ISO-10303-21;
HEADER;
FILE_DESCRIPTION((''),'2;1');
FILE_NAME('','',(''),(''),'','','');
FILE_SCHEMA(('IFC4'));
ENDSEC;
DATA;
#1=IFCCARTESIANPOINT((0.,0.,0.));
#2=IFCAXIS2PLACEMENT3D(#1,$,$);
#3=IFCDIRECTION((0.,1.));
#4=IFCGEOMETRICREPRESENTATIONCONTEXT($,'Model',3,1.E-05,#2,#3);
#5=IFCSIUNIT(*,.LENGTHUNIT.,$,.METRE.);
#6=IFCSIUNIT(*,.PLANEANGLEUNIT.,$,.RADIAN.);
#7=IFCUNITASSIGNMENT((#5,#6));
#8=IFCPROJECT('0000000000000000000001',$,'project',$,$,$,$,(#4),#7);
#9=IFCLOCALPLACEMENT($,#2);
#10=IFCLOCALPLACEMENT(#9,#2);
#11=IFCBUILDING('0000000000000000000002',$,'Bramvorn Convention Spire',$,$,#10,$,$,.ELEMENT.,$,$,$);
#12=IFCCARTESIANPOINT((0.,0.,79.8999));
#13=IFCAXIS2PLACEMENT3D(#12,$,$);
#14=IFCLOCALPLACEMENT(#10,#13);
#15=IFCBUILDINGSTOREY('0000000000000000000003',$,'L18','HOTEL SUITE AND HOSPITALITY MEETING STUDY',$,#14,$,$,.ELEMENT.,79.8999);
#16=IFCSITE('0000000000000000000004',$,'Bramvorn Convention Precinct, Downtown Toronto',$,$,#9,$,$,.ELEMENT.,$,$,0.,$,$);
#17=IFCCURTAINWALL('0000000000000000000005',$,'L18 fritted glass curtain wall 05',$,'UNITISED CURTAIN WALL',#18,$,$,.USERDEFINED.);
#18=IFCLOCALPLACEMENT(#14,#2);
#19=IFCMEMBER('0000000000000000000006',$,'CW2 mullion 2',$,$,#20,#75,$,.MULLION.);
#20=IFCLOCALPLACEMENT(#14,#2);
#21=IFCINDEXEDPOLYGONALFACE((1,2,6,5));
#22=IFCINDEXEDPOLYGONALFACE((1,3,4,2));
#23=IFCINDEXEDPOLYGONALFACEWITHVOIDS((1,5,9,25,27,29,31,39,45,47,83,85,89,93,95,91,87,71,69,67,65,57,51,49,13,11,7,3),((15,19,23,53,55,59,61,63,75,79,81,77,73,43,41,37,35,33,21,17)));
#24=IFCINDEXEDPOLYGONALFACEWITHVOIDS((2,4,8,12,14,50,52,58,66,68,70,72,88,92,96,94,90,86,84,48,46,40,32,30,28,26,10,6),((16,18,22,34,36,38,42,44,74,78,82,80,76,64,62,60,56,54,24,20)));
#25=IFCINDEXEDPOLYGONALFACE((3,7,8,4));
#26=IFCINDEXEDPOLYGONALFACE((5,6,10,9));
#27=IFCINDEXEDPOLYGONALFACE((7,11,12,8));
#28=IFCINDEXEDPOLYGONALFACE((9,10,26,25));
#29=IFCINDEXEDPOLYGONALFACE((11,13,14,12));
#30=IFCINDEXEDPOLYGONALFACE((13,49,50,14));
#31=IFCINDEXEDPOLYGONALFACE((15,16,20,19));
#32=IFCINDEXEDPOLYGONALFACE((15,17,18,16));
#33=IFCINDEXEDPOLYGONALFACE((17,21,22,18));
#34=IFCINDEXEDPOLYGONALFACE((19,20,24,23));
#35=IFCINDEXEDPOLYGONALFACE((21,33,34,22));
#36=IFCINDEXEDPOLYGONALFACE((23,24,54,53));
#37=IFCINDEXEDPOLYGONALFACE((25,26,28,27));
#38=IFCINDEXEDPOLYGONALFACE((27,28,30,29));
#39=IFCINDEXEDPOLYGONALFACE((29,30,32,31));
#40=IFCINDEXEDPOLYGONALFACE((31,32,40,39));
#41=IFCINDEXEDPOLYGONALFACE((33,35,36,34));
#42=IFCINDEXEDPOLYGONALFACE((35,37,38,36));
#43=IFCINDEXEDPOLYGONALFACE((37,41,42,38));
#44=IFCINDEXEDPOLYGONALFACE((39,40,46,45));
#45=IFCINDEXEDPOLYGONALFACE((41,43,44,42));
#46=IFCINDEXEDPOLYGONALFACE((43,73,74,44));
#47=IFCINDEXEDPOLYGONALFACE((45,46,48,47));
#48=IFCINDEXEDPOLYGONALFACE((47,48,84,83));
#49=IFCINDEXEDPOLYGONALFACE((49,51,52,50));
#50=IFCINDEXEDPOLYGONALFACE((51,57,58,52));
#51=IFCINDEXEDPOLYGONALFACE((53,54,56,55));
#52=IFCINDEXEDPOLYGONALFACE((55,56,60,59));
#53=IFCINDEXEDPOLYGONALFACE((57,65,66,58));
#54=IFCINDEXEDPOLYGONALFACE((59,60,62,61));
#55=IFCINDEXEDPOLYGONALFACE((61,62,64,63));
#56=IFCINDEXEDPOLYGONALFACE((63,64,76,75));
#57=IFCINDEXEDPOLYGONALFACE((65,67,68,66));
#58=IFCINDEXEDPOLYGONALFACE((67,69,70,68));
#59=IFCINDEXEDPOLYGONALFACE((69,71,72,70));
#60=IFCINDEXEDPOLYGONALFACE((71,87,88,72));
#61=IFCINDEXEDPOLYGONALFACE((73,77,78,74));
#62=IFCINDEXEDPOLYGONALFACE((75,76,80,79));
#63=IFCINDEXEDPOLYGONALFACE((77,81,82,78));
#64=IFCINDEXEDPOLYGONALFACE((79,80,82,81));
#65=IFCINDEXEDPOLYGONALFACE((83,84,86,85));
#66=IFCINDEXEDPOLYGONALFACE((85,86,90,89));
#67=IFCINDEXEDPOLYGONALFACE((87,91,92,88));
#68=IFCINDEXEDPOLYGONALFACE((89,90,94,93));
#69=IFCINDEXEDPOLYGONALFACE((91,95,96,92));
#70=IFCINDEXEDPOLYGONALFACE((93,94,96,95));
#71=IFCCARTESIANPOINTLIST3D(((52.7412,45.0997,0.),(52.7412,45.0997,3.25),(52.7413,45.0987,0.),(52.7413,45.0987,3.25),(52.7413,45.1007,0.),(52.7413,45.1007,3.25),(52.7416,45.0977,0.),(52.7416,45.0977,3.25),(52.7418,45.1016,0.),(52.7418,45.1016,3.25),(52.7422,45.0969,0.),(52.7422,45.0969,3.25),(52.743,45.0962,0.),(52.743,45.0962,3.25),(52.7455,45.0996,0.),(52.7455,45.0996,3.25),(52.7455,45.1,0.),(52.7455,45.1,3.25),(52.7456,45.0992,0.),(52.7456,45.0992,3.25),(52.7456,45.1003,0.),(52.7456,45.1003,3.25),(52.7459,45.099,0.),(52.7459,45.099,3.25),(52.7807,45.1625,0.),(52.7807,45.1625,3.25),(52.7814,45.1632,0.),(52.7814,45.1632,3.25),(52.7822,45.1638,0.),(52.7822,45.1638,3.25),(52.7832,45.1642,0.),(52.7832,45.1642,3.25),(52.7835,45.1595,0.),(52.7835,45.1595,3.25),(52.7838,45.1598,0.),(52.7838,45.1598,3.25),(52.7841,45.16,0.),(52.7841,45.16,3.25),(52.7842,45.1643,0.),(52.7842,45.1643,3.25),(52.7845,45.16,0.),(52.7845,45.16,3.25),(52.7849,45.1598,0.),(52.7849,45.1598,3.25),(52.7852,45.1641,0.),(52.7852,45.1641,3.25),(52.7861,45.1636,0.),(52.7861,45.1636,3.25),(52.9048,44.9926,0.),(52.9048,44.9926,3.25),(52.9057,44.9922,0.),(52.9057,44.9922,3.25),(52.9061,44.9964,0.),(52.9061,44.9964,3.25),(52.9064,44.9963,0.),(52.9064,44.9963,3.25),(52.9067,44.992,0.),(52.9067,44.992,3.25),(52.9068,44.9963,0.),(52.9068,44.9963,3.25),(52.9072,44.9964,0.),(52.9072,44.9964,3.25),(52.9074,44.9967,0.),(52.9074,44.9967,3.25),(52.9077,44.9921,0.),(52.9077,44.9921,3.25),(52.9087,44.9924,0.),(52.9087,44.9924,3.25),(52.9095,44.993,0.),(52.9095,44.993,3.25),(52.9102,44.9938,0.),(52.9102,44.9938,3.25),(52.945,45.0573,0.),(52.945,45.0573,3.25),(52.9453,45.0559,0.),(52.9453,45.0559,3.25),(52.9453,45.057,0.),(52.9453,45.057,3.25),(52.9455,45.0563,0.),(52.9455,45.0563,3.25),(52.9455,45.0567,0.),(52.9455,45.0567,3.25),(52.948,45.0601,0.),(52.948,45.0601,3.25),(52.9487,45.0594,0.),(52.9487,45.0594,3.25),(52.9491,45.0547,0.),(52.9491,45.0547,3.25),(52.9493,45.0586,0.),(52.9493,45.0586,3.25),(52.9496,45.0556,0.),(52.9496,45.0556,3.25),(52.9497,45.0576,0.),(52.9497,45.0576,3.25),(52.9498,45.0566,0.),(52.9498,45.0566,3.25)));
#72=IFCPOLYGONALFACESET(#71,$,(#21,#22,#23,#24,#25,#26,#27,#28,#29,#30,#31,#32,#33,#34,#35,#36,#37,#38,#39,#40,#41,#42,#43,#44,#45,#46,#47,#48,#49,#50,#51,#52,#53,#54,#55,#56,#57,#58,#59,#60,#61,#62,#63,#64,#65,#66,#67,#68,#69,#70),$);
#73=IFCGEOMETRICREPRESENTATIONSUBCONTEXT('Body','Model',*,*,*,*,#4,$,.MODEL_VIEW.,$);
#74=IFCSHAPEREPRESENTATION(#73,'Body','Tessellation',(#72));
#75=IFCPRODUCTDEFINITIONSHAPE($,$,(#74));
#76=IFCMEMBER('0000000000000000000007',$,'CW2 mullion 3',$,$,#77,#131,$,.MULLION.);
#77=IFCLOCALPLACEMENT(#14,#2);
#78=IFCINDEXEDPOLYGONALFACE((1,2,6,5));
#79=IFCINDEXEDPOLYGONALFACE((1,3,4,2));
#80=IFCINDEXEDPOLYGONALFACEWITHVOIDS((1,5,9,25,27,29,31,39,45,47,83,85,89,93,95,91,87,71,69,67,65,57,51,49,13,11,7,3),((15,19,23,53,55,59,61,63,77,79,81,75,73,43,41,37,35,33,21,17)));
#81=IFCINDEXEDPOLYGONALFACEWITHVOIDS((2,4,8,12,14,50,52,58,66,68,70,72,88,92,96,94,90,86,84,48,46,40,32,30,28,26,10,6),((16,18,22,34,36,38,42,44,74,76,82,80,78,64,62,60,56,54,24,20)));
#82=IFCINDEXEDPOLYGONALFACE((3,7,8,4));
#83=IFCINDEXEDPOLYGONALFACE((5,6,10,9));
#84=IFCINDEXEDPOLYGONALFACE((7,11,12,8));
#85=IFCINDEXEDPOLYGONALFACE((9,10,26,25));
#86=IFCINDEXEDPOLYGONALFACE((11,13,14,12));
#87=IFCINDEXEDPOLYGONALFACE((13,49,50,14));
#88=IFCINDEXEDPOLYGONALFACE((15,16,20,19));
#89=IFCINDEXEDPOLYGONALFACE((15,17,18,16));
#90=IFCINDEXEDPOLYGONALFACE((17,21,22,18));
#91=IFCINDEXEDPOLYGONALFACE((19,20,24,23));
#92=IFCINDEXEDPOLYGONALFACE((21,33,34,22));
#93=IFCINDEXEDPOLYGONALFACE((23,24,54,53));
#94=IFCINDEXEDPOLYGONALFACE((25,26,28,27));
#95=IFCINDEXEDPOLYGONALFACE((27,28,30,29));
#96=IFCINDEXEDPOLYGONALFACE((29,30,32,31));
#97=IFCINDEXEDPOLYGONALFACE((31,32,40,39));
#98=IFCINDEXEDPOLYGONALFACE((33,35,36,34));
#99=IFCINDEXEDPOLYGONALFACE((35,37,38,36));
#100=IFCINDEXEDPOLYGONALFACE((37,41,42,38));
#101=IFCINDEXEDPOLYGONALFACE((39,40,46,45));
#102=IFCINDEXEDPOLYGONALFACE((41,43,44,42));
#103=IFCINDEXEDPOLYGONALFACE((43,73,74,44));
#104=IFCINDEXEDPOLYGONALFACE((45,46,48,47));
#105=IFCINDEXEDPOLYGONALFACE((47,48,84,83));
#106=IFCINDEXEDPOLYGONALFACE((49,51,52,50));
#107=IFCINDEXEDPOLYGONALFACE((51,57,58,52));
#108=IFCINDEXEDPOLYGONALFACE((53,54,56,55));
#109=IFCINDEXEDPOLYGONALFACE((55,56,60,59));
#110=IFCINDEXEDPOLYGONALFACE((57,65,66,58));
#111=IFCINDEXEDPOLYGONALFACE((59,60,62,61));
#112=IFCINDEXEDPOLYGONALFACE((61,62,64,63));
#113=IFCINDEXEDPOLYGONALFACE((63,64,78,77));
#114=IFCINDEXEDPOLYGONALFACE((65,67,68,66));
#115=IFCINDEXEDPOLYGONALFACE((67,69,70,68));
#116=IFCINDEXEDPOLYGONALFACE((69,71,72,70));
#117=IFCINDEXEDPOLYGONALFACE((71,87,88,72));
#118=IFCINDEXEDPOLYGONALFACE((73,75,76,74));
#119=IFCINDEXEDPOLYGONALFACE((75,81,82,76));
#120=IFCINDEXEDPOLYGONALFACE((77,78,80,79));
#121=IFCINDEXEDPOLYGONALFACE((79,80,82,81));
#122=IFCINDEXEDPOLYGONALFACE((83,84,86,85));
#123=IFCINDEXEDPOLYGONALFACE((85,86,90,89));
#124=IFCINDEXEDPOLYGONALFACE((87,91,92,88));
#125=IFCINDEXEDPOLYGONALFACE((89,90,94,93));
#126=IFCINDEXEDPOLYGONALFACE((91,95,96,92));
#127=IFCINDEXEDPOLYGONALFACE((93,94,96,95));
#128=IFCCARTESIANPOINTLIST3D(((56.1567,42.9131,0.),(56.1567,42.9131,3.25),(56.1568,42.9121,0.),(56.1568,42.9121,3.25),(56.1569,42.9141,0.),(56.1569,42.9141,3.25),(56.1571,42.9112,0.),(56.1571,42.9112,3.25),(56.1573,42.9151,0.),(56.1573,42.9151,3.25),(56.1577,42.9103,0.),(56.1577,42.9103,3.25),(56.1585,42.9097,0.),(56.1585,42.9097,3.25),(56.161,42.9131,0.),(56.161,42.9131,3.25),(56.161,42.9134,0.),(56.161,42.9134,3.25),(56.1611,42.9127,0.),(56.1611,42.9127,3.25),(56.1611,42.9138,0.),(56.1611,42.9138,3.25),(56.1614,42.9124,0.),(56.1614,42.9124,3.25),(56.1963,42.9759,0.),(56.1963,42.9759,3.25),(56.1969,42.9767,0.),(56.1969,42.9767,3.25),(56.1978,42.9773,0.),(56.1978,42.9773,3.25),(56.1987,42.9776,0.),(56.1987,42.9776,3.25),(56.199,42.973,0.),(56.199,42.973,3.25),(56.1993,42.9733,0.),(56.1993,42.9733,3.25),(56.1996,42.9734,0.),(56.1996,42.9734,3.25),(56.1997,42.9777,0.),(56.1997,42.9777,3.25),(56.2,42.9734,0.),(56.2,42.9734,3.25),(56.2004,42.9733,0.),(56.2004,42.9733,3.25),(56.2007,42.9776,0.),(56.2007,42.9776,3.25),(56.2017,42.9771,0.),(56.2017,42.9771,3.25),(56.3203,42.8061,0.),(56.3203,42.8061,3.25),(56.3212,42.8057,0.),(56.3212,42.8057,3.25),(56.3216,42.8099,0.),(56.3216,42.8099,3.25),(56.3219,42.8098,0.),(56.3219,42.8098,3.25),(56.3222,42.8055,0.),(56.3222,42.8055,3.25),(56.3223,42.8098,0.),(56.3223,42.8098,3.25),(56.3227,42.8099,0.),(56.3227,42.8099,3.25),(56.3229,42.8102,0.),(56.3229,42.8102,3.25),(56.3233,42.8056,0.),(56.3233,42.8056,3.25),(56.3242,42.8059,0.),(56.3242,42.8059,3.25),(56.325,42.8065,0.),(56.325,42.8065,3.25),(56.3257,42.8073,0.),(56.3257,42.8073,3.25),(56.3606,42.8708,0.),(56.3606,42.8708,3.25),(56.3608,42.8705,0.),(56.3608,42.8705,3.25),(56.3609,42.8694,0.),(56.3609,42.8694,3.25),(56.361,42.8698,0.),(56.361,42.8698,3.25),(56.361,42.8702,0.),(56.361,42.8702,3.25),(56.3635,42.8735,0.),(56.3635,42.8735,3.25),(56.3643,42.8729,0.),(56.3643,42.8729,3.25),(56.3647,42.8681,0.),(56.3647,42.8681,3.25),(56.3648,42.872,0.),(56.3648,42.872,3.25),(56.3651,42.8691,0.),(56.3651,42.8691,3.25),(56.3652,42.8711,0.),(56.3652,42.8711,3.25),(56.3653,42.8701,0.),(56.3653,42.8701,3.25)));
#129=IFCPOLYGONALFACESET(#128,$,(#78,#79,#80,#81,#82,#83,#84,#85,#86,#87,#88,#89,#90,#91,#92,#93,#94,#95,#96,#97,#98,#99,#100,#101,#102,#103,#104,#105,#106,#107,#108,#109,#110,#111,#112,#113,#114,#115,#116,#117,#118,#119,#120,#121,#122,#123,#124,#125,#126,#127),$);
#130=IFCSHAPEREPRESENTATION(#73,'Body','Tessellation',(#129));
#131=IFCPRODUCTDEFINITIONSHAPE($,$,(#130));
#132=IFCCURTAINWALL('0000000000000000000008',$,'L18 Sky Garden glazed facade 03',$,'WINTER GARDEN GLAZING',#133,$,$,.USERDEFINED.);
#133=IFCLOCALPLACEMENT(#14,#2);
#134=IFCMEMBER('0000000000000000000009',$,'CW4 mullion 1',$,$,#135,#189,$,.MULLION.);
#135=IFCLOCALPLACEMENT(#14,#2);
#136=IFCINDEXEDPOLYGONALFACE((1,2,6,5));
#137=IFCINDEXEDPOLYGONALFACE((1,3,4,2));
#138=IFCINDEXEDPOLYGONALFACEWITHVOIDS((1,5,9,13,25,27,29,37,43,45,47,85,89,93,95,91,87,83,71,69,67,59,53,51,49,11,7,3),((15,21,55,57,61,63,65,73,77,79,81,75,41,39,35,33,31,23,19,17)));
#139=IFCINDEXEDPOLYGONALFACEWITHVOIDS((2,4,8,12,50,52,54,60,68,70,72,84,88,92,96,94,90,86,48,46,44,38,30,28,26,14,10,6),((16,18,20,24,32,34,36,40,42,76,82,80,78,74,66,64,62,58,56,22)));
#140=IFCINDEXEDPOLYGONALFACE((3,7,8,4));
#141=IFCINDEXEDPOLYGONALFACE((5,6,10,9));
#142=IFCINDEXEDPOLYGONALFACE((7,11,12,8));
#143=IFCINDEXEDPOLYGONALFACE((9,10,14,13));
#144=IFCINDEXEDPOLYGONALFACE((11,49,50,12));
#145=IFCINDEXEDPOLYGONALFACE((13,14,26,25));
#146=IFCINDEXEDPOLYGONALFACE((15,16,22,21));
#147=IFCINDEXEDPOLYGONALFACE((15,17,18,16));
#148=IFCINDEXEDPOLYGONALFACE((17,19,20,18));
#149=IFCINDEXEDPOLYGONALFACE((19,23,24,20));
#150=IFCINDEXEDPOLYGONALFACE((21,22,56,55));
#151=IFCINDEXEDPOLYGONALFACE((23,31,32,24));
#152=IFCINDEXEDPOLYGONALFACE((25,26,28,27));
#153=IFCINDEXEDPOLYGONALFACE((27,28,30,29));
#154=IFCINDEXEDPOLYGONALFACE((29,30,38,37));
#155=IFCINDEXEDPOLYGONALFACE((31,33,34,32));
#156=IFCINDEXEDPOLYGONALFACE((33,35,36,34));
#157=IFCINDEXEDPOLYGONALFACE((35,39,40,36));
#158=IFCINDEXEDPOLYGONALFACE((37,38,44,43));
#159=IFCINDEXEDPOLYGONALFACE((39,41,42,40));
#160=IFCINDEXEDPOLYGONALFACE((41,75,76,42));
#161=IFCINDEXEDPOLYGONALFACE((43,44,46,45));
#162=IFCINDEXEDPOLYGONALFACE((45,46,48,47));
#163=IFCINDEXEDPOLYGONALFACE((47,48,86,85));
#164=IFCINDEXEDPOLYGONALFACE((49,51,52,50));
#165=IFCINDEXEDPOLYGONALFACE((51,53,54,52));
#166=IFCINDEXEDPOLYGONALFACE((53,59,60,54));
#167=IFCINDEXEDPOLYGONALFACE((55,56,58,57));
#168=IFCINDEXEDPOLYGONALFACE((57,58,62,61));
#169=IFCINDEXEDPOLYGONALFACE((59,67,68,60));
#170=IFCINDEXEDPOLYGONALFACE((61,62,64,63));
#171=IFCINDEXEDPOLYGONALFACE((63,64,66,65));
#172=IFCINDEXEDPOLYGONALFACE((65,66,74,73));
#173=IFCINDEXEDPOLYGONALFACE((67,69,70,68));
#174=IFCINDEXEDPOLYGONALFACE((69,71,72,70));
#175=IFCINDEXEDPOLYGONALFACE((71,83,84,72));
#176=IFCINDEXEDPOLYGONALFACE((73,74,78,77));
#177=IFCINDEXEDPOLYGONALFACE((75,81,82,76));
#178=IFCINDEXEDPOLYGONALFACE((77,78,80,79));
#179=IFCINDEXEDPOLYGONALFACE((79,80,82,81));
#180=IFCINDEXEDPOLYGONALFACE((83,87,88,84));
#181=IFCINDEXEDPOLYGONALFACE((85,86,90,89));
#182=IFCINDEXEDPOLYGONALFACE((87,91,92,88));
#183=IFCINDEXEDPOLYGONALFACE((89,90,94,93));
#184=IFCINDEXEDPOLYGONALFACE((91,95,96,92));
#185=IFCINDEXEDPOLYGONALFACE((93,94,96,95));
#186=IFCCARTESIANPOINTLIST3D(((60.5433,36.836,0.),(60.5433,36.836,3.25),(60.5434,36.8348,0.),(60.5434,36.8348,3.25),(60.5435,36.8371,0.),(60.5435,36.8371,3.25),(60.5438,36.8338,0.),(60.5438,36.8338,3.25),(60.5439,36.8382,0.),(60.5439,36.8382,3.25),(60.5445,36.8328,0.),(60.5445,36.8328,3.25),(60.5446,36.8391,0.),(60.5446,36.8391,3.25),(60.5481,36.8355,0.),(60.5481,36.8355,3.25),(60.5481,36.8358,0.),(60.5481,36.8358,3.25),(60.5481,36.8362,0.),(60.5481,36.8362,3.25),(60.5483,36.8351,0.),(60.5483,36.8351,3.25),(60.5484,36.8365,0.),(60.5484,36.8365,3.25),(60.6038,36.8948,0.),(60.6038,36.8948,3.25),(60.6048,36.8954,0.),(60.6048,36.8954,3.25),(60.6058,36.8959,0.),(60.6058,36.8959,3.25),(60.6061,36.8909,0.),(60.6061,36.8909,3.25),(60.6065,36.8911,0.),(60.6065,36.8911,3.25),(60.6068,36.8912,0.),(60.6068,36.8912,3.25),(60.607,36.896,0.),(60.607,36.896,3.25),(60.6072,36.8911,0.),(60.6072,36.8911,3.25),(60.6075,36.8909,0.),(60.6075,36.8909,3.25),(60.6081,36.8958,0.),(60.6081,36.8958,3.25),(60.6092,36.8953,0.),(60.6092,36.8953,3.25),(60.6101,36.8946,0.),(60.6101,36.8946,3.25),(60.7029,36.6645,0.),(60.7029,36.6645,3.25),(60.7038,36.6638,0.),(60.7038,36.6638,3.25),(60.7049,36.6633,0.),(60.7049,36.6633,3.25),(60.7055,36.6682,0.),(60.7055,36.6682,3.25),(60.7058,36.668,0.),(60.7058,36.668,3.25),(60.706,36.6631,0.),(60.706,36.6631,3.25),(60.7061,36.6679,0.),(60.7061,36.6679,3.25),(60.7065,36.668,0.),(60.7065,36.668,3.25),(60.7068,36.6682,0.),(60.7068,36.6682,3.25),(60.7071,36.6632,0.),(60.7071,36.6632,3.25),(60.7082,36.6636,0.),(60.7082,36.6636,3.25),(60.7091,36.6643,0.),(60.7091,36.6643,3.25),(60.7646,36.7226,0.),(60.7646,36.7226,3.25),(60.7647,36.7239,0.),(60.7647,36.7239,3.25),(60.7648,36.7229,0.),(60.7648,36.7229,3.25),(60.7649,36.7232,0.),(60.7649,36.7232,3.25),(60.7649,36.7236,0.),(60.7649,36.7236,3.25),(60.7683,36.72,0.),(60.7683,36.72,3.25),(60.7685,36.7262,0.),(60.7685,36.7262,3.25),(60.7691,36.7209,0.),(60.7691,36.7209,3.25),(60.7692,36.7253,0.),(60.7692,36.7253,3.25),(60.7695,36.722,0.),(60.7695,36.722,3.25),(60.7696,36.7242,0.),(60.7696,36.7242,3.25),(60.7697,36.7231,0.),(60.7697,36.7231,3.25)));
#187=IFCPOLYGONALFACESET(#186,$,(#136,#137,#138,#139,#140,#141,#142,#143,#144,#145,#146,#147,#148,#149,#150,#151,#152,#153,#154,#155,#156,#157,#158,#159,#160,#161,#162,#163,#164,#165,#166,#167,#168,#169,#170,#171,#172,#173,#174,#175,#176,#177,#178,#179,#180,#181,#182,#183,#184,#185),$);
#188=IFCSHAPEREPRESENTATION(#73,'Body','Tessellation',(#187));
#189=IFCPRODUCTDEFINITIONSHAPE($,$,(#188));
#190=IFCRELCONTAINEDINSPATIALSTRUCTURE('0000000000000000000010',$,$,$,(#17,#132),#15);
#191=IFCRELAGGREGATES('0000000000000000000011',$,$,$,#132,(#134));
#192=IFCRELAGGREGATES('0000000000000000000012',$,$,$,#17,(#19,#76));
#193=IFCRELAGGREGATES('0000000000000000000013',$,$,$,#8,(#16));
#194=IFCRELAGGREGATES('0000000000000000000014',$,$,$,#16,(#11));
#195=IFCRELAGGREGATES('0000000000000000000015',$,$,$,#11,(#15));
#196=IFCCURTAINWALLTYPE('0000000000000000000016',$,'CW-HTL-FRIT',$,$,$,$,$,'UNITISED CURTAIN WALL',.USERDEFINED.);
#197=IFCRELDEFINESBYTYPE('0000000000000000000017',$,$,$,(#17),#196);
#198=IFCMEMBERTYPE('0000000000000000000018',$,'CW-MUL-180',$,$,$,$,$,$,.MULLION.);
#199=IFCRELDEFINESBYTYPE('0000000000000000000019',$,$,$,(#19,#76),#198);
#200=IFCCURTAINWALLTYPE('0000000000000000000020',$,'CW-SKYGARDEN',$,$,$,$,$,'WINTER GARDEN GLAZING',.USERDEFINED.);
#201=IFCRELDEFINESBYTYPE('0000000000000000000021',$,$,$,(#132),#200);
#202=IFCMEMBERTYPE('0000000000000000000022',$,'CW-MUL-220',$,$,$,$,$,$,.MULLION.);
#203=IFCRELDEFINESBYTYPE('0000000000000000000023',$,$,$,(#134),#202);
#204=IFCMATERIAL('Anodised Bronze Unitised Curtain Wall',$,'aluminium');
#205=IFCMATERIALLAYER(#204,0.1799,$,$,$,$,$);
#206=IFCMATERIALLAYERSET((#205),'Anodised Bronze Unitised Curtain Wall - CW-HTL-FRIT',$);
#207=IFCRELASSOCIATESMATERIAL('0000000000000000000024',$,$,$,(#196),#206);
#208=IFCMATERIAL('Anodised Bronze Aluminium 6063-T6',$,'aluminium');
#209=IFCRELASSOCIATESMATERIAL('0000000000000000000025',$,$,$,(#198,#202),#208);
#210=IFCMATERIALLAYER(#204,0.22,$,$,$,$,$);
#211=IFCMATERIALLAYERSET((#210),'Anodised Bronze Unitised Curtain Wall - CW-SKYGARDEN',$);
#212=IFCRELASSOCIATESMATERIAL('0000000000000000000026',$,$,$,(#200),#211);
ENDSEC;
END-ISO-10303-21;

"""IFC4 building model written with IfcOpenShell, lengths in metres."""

from ifc_helpers import new_model, si_unit, direction, frame, origin, origin_2d, place, context, subcontext, project, spatial, hollow_rectangle, extrude, material, layer, layer_set, material_profile, profile_set, type_object, element, aggregate, save


model = new_model("IFC4")

# Units and contexts
model_context = context("Model", 3, precision=1e-05, world=origin(), true_north=direction((0.0, 1.0)))
body_context = subcontext(model_context, "Body", "Model", "MODEL_VIEW")
ifc_project = project(units=[si_unit("LENGTHUNIT", "METRE"), si_unit("PLANEANGLEUNIT", "RADIAN")], contexts=[model_context])

# Site, building, storey
site_placement = place(None, origin())
site = spatial("IfcSite", under=ifc_project, at=site_placement, Name="Bramvorn Convention Precinct, Downtown Toronto", CompositionType="ELEMENT", RefElevation=0.0)
building_placement = place(site_placement, origin())
building = spatial("IfcBuilding", under=site, at=building_placement, Name="Bramvorn Convention Spire", CompositionType="ELEMENT")
storey_placement = place(building_placement, frame((0.0, 0.0, 79.8999)))
storey = spatial("IfcBuildingStorey", under=building, at=storey_placement, Name="L18", Description="HOTEL SUITE AND HOSPITALITY MEETING STUDY", CompositionType="ELEMENT", Elevation=79.8999)

# Curtain wall, members
ifc_material_1 = material(Name="Anodised Bronze Unitised Curtain Wall", Category="aluminium")
ifc_layer_1 = layer(ifc_material_1, 0.1799)
ifc_layer_set_1 = layer_set([ifc_layer_1], Name="Anodised Bronze Unitised Curtain Wall - CW-HTL-FRIT")
curtain_wall_type_1 = type_object("IfcCurtainWallType", Name="CW-HTL-FRIT", ElementType="UNITISED CURTAIN WALL", PredefinedType="USERDEFINED", material=ifc_layer_set_1)
curtain_wall_1_placement = place(storey_placement, origin())
curtain_wall_1 = element("IfcCurtainWall", 1, at=curtain_wall_1_placement, inside=storey, type_object=curtain_wall_type_1, Name="L18 fritted glass curtain wall 05", ObjectType="UNITISED CURTAIN WALL", PredefinedType="USERDEFINED")
ifc_material_2 = material(Name="Anodised Bronze Aluminium 6063-T6", Category="aluminium")
ifc_material_profile_1 = material_profile(ifc_material_2, hollow_rectangle(XDim=0.0801, YDim=0.2, WallThickness=0.0039, InnerFilletRadius=0.001, OuterFilletRadius=0.0039, at=origin_2d()))
ifc_profile_set_1 = profile_set([ifc_material_profile_1], Name="Anodised Bronze Aluminium 6063-T6 - CWM80X200")
member_type_1 = type_object("IfcMemberType", Name="CW-MUL-180", PredefinedType="MULLION", material=ifc_profile_set_1)
member_1_placement = place(storey_placement, frame((52.8455, 45.0781, 0.0), z_axis=(0.0, 0.0, 1.0), x_axis=(0.539153, 0.842208, 0.0)))
member_1 = element("IfcMember", 2, at=member_1_placement, type_object=member_type_1, Name="CW2 mullion 2", PredefinedType="MULLION", context=body_context, shape_type="SweptSolid", body=[
    extrude(hollow_rectangle(XDim=0.0801, YDim=0.2, WallThickness=0.0039, InnerFilletRadius=0.001, OuterFilletRadius=0.0039, at=origin_2d()), origin(), (0.0, 0.0, 1.0), 3.25),
])
member_2_placement = place(storey_placement, frame((56.261, 42.8916, 0.0), z_axis=(0.0, 0.0, 1.0), x_axis=(0.539153, 0.842208, 0.0)))
member_2 = element("IfcMember", 3, at=member_2_placement, type_object=member_type_1, Name="CW2 mullion 3", PredefinedType="MULLION", context=body_context, shape_type="SweptSolid", body=[
    extrude(hollow_rectangle(XDim=0.0801, YDim=0.2, WallThickness=0.0039, InnerFilletRadius=0.001, OuterFilletRadius=0.0039, at=origin_2d()), origin(), (0.0, 0.0, 1.0), 3.25),
])

# Curtain wall, member
ifc_layer_2 = layer(ifc_material_1, 0.22)
ifc_layer_set_2 = layer_set([ifc_layer_2], Name="Anodised Bronze Unitised Curtain Wall - CW-SKYGARDEN")
curtain_wall_type_2 = type_object("IfcCurtainWallType", Name="CW-SKYGARDEN", ElementType="WINTER GARDEN GLAZING", PredefinedType="USERDEFINED", material=ifc_layer_set_2)
curtain_wall_2_placement = place(storey_placement, origin())
curtain_wall_2 = element("IfcCurtainWall", 4, at=curtain_wall_2_placement, inside=storey, type_object=curtain_wall_type_2, Name="L18 Sky Garden glazed facade 03", ObjectType="WINTER GARDEN GLAZING", PredefinedType="USERDEFINED")
ifc_material_profile_2 = material_profile(ifc_material_2, hollow_rectangle(XDim=0.0901, YDim=0.24, WallThickness=0.0044, InnerFilletRadius=0.001, OuterFilletRadius=0.0044, at=origin_2d()))
ifc_profile_set_2 = profile_set([ifc_material_profile_2], Name="Anodised Bronze Aluminium 6063-T6 - CWM90X240")
member_type_2 = type_object("IfcMemberType", Name="CW-MUL-220", PredefinedType="MULLION", material=ifc_profile_set_2)
member_3_placement = place(storey_placement, frame((60.6565, 36.7795, 0.0), z_axis=(0.0, 0.0, 1.0), x_axis=(0.728141, 0.685427, 0.0)))
member_3 = element("IfcMember", 5, at=member_3_placement, type_object=member_type_2, Name="CW4 mullion 1", PredefinedType="MULLION", context=body_context, shape_type="SweptSolid", body=[
    extrude(hollow_rectangle(XDim=0.0901, YDim=0.24, WallThickness=0.0044, InnerFilletRadius=0.001, OuterFilletRadius=0.0044, at=origin_2d()), origin(), (0.0, 0.0, 1.0), 3.25),
])

aggregate(curtain_wall_2, [member_3])

aggregate(curtain_wall_1, [member_1, member_2])

save(model, "model.ifc")
